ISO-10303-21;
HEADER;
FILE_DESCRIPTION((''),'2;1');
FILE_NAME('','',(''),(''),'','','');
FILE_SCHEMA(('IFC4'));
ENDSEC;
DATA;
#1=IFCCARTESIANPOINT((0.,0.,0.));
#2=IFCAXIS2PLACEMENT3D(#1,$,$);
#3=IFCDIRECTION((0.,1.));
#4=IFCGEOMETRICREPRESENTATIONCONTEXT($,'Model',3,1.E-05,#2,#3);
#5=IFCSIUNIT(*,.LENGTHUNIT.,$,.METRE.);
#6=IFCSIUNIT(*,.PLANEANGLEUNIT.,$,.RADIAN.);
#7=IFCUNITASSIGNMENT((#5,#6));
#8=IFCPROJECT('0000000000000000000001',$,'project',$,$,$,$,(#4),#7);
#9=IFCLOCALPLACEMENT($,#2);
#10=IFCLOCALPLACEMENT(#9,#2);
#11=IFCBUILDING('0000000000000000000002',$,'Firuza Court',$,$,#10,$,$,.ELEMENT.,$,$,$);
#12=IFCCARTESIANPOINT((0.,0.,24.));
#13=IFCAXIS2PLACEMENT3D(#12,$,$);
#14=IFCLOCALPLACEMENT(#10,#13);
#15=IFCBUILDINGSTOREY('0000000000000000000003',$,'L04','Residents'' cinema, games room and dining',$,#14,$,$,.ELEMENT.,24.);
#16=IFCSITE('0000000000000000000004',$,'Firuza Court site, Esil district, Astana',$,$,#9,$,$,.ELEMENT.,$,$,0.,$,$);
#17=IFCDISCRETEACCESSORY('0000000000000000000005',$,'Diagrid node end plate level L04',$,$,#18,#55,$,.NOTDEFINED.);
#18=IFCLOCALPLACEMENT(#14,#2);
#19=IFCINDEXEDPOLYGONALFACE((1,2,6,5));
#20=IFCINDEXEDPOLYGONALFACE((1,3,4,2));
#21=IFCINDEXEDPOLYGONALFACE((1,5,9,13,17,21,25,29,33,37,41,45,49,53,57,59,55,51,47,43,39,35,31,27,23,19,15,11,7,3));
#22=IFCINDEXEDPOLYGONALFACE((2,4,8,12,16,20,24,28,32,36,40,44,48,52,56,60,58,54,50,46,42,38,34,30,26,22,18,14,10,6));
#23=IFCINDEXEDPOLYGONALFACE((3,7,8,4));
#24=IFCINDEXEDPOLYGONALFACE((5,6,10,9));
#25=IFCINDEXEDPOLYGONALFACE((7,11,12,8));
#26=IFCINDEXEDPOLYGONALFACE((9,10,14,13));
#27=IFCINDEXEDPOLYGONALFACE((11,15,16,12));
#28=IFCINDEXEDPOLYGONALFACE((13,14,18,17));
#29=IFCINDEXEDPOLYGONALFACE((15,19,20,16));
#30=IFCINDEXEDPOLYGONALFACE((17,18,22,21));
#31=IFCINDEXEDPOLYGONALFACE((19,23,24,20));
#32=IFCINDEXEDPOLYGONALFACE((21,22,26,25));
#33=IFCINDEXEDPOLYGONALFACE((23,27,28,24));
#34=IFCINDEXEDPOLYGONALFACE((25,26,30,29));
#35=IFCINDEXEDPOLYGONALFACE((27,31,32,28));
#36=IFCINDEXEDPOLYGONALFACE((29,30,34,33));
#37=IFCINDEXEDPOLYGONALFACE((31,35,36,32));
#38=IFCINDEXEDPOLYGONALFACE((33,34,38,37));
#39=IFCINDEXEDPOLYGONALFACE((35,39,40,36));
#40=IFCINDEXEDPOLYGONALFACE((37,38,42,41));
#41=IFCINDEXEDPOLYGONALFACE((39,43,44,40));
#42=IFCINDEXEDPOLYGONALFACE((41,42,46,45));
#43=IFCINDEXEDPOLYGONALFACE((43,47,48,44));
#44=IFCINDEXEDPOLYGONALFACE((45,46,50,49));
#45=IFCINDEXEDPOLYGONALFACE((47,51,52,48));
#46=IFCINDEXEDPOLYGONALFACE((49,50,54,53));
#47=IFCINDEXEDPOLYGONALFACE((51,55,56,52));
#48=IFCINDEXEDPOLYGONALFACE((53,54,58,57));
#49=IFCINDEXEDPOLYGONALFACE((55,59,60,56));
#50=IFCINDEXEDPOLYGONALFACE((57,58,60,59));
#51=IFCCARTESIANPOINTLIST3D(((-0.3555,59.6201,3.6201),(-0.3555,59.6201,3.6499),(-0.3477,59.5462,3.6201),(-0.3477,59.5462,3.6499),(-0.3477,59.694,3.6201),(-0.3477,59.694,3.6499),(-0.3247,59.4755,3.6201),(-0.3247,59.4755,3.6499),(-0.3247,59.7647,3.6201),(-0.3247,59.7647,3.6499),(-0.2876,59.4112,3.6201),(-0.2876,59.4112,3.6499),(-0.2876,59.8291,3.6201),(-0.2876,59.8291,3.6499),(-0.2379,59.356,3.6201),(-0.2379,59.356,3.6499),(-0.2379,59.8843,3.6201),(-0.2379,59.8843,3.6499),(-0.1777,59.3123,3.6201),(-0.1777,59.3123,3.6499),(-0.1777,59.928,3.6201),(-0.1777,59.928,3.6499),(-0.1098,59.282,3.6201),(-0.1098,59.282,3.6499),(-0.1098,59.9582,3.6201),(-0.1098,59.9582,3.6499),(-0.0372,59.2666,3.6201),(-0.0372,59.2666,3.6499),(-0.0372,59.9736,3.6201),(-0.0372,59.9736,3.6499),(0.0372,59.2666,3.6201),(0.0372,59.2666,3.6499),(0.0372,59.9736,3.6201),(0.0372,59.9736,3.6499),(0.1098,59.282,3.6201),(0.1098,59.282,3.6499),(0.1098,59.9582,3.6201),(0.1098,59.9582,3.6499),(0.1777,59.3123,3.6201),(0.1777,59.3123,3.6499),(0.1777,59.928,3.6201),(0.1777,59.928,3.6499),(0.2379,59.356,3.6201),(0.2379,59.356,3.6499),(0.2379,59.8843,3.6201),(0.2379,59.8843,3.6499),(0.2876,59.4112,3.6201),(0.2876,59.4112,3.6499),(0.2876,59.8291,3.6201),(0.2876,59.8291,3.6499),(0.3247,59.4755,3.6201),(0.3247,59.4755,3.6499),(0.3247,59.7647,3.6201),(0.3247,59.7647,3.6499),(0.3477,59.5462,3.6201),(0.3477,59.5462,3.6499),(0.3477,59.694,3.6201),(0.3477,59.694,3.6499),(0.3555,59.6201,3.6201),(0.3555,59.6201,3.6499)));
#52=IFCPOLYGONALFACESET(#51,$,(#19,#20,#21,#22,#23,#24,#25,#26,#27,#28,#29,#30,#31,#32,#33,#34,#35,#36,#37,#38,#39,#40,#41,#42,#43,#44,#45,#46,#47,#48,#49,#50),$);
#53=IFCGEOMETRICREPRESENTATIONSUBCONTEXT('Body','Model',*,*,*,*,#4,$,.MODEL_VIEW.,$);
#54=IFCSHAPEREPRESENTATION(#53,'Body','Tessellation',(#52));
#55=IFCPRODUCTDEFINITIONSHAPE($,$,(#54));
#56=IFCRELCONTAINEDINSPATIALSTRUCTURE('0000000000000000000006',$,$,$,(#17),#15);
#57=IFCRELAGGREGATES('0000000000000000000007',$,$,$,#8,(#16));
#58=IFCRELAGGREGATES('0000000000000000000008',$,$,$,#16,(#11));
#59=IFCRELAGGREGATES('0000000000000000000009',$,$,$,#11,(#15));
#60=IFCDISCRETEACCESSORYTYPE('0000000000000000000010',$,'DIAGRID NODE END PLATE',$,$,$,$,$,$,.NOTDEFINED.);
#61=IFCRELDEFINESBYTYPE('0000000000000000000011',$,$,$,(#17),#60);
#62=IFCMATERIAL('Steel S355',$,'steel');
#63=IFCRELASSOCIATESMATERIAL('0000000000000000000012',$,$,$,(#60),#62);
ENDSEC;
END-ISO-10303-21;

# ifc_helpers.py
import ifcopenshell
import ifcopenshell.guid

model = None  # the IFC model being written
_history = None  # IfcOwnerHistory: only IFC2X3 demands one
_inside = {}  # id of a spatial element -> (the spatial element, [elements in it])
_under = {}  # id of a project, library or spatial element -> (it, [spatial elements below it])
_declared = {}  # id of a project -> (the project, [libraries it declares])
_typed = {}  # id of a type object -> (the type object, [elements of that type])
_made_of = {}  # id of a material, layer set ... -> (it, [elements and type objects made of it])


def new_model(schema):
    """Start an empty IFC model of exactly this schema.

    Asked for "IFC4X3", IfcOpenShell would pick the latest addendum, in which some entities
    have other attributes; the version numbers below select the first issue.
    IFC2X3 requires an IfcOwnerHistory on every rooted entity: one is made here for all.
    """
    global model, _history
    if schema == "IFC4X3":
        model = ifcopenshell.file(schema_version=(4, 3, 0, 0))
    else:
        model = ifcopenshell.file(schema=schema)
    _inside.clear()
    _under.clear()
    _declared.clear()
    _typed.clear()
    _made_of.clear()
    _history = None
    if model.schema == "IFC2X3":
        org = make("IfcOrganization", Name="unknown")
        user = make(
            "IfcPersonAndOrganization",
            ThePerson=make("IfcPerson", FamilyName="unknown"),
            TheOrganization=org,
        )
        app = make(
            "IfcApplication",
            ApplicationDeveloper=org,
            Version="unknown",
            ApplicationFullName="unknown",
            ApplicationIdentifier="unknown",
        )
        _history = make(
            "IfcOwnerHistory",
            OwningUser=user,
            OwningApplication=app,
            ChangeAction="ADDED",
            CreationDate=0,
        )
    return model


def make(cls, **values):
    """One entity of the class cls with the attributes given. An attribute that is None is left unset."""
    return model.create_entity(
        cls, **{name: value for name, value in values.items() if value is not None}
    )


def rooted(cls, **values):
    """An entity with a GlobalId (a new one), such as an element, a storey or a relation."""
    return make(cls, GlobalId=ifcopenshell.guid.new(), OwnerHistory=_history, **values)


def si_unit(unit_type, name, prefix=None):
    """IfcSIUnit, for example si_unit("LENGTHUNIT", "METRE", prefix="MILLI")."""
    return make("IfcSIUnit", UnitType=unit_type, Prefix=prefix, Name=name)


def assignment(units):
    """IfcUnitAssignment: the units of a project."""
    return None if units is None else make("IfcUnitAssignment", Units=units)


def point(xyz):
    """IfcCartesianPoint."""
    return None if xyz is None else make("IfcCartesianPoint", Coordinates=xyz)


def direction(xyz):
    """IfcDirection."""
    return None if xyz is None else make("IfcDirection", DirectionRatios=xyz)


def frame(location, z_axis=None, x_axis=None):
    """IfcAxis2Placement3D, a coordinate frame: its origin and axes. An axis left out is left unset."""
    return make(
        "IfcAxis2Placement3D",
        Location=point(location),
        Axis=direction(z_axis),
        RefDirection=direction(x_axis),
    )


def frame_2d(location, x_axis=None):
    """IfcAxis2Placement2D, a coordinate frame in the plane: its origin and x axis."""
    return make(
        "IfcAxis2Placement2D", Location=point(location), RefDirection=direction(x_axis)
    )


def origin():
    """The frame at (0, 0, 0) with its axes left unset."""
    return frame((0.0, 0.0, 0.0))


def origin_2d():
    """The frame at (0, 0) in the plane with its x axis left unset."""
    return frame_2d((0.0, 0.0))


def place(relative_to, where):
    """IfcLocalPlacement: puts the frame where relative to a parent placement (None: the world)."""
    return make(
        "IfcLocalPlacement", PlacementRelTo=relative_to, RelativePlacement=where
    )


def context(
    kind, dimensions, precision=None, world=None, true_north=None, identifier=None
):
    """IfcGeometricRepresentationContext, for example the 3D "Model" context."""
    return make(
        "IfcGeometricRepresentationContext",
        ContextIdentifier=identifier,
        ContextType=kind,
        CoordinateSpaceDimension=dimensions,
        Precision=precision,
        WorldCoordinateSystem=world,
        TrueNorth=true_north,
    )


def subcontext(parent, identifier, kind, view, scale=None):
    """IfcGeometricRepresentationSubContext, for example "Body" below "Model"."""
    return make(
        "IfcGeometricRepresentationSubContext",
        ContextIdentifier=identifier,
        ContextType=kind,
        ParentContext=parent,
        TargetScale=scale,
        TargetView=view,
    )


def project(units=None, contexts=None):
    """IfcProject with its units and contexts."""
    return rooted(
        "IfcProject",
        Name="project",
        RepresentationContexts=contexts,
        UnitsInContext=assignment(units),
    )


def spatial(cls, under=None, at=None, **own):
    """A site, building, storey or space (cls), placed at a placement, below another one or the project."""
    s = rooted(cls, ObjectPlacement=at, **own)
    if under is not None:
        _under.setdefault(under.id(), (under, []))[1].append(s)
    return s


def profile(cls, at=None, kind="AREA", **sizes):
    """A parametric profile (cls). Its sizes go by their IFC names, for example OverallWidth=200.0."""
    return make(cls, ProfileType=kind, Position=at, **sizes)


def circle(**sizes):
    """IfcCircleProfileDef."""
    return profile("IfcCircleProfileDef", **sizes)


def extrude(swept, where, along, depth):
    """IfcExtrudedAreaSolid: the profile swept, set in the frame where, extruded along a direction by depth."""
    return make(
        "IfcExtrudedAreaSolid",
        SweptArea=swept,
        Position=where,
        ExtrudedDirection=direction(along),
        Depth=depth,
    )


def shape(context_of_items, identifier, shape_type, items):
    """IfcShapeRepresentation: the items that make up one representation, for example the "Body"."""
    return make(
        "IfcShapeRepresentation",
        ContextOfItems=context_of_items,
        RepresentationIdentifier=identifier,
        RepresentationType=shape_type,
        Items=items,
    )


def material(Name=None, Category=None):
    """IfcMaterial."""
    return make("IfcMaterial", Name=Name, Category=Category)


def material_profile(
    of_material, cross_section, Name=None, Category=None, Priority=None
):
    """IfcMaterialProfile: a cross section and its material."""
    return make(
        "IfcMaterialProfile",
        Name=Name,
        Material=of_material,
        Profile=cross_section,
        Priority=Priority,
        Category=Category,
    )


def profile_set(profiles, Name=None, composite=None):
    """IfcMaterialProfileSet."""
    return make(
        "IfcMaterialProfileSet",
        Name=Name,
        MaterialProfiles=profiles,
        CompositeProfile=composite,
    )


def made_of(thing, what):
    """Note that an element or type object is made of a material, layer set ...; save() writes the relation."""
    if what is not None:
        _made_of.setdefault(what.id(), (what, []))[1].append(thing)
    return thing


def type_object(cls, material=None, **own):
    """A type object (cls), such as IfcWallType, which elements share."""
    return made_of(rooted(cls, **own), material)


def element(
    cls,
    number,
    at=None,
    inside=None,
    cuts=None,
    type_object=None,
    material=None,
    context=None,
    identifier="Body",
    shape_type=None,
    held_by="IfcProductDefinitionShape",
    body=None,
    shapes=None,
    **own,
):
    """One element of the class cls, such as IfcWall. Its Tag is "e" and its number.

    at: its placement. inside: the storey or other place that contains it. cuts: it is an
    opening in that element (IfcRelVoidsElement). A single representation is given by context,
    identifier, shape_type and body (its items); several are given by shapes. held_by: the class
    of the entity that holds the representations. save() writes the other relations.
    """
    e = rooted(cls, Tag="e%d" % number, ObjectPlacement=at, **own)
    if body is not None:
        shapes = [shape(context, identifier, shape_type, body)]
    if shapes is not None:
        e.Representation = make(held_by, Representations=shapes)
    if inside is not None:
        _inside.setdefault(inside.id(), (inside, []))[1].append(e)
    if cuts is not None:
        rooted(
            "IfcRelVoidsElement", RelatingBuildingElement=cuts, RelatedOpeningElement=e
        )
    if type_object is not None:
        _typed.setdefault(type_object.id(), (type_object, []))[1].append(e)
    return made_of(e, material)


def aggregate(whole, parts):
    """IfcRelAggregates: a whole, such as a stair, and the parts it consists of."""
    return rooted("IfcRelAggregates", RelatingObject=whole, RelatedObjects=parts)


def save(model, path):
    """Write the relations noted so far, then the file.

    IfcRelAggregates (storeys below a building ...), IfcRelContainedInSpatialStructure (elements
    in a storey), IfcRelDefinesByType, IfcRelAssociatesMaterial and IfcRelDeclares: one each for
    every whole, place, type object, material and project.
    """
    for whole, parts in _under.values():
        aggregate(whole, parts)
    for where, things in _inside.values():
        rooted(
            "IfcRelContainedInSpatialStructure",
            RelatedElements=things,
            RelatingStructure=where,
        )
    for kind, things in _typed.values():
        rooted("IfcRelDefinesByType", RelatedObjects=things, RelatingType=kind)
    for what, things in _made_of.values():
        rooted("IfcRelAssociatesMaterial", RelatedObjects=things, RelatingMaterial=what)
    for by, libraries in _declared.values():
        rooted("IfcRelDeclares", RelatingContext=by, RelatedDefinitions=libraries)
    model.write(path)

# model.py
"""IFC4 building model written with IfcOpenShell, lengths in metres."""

from ifc_helpers import new_model, si_unit, direction, frame, origin, origin_2d, place, context, subcontext, project, spatial, circle, extrude, material, material_profile, profile_set, type_object, element, save


model = new_model("IFC4")

# Units and contexts
model_context = context("Model", 3, precision=1e-05, world=origin(), true_north=direction((0.0, 1.0)))
body_context = subcontext(model_context, "Body", "Model", "MODEL_VIEW")
ifc_project = project(units=[si_unit("LENGTHUNIT", "METRE"), si_unit("PLANEANGLEUNIT", "RADIAN")], contexts=[model_context])

# Site, building, storey
site_placement = place(None, origin())
site = spatial("IfcSite", under=ifc_project, at=site_placement, Name="Firuza Court site, Esil district, Astana", CompositionType="ELEMENT", RefElevation=0.0)
building_placement = place(site_placement, origin())
building = spatial("IfcBuilding", under=site, at=building_placement, Name="Firuza Court", CompositionType="ELEMENT")
storey_placement = place(building_placement, frame((0.0, 0.0, 24.0)))
storey = spatial("IfcBuildingStorey", under=building, at=storey_placement, Name="L04", Description="Residents' cinema, games room and dining", CompositionType="ELEMENT", Elevation=24.0)

# Discrete accessory
ifc_material_1 = material(Name="Steel S355", Category="steel")
ifc_material_profile_1 = material_profile(ifc_material_1, circle(Radius=0.3555, at=origin_2d()), Name="PL D711")
ifc_profile_set_1 = profile_set([ifc_material_profile_1], Name="Steel S355")
discrete_accessory_type = type_object("IfcDiscreteAccessoryType", Name="DIAGRID NODE END PLATE", PredefinedType="NOTDEFINED", material=ifc_profile_set_1)
discrete_accessory_1_placement = place(storey_placement, frame((0.0, 59.6201, 3.6201), z_axis=(0.0, 0.0, 1.0), x_axis=(1.0, 0.0, 0.0)))
element("IfcDiscreteAccessory", 1, at=discrete_accessory_1_placement, inside=storey, type_object=discrete_accessory_type, Name="Diagrid node end plate level L04", PredefinedType="NOTDEFINED", context=body_context, shape_type="SweptSolid", body=[
    extrude(circle(Radius=0.3555, at=origin_2d()), origin(), (0.0, 0.0, 1.0), 0.0298),
])

save(model, "model.ifc")
